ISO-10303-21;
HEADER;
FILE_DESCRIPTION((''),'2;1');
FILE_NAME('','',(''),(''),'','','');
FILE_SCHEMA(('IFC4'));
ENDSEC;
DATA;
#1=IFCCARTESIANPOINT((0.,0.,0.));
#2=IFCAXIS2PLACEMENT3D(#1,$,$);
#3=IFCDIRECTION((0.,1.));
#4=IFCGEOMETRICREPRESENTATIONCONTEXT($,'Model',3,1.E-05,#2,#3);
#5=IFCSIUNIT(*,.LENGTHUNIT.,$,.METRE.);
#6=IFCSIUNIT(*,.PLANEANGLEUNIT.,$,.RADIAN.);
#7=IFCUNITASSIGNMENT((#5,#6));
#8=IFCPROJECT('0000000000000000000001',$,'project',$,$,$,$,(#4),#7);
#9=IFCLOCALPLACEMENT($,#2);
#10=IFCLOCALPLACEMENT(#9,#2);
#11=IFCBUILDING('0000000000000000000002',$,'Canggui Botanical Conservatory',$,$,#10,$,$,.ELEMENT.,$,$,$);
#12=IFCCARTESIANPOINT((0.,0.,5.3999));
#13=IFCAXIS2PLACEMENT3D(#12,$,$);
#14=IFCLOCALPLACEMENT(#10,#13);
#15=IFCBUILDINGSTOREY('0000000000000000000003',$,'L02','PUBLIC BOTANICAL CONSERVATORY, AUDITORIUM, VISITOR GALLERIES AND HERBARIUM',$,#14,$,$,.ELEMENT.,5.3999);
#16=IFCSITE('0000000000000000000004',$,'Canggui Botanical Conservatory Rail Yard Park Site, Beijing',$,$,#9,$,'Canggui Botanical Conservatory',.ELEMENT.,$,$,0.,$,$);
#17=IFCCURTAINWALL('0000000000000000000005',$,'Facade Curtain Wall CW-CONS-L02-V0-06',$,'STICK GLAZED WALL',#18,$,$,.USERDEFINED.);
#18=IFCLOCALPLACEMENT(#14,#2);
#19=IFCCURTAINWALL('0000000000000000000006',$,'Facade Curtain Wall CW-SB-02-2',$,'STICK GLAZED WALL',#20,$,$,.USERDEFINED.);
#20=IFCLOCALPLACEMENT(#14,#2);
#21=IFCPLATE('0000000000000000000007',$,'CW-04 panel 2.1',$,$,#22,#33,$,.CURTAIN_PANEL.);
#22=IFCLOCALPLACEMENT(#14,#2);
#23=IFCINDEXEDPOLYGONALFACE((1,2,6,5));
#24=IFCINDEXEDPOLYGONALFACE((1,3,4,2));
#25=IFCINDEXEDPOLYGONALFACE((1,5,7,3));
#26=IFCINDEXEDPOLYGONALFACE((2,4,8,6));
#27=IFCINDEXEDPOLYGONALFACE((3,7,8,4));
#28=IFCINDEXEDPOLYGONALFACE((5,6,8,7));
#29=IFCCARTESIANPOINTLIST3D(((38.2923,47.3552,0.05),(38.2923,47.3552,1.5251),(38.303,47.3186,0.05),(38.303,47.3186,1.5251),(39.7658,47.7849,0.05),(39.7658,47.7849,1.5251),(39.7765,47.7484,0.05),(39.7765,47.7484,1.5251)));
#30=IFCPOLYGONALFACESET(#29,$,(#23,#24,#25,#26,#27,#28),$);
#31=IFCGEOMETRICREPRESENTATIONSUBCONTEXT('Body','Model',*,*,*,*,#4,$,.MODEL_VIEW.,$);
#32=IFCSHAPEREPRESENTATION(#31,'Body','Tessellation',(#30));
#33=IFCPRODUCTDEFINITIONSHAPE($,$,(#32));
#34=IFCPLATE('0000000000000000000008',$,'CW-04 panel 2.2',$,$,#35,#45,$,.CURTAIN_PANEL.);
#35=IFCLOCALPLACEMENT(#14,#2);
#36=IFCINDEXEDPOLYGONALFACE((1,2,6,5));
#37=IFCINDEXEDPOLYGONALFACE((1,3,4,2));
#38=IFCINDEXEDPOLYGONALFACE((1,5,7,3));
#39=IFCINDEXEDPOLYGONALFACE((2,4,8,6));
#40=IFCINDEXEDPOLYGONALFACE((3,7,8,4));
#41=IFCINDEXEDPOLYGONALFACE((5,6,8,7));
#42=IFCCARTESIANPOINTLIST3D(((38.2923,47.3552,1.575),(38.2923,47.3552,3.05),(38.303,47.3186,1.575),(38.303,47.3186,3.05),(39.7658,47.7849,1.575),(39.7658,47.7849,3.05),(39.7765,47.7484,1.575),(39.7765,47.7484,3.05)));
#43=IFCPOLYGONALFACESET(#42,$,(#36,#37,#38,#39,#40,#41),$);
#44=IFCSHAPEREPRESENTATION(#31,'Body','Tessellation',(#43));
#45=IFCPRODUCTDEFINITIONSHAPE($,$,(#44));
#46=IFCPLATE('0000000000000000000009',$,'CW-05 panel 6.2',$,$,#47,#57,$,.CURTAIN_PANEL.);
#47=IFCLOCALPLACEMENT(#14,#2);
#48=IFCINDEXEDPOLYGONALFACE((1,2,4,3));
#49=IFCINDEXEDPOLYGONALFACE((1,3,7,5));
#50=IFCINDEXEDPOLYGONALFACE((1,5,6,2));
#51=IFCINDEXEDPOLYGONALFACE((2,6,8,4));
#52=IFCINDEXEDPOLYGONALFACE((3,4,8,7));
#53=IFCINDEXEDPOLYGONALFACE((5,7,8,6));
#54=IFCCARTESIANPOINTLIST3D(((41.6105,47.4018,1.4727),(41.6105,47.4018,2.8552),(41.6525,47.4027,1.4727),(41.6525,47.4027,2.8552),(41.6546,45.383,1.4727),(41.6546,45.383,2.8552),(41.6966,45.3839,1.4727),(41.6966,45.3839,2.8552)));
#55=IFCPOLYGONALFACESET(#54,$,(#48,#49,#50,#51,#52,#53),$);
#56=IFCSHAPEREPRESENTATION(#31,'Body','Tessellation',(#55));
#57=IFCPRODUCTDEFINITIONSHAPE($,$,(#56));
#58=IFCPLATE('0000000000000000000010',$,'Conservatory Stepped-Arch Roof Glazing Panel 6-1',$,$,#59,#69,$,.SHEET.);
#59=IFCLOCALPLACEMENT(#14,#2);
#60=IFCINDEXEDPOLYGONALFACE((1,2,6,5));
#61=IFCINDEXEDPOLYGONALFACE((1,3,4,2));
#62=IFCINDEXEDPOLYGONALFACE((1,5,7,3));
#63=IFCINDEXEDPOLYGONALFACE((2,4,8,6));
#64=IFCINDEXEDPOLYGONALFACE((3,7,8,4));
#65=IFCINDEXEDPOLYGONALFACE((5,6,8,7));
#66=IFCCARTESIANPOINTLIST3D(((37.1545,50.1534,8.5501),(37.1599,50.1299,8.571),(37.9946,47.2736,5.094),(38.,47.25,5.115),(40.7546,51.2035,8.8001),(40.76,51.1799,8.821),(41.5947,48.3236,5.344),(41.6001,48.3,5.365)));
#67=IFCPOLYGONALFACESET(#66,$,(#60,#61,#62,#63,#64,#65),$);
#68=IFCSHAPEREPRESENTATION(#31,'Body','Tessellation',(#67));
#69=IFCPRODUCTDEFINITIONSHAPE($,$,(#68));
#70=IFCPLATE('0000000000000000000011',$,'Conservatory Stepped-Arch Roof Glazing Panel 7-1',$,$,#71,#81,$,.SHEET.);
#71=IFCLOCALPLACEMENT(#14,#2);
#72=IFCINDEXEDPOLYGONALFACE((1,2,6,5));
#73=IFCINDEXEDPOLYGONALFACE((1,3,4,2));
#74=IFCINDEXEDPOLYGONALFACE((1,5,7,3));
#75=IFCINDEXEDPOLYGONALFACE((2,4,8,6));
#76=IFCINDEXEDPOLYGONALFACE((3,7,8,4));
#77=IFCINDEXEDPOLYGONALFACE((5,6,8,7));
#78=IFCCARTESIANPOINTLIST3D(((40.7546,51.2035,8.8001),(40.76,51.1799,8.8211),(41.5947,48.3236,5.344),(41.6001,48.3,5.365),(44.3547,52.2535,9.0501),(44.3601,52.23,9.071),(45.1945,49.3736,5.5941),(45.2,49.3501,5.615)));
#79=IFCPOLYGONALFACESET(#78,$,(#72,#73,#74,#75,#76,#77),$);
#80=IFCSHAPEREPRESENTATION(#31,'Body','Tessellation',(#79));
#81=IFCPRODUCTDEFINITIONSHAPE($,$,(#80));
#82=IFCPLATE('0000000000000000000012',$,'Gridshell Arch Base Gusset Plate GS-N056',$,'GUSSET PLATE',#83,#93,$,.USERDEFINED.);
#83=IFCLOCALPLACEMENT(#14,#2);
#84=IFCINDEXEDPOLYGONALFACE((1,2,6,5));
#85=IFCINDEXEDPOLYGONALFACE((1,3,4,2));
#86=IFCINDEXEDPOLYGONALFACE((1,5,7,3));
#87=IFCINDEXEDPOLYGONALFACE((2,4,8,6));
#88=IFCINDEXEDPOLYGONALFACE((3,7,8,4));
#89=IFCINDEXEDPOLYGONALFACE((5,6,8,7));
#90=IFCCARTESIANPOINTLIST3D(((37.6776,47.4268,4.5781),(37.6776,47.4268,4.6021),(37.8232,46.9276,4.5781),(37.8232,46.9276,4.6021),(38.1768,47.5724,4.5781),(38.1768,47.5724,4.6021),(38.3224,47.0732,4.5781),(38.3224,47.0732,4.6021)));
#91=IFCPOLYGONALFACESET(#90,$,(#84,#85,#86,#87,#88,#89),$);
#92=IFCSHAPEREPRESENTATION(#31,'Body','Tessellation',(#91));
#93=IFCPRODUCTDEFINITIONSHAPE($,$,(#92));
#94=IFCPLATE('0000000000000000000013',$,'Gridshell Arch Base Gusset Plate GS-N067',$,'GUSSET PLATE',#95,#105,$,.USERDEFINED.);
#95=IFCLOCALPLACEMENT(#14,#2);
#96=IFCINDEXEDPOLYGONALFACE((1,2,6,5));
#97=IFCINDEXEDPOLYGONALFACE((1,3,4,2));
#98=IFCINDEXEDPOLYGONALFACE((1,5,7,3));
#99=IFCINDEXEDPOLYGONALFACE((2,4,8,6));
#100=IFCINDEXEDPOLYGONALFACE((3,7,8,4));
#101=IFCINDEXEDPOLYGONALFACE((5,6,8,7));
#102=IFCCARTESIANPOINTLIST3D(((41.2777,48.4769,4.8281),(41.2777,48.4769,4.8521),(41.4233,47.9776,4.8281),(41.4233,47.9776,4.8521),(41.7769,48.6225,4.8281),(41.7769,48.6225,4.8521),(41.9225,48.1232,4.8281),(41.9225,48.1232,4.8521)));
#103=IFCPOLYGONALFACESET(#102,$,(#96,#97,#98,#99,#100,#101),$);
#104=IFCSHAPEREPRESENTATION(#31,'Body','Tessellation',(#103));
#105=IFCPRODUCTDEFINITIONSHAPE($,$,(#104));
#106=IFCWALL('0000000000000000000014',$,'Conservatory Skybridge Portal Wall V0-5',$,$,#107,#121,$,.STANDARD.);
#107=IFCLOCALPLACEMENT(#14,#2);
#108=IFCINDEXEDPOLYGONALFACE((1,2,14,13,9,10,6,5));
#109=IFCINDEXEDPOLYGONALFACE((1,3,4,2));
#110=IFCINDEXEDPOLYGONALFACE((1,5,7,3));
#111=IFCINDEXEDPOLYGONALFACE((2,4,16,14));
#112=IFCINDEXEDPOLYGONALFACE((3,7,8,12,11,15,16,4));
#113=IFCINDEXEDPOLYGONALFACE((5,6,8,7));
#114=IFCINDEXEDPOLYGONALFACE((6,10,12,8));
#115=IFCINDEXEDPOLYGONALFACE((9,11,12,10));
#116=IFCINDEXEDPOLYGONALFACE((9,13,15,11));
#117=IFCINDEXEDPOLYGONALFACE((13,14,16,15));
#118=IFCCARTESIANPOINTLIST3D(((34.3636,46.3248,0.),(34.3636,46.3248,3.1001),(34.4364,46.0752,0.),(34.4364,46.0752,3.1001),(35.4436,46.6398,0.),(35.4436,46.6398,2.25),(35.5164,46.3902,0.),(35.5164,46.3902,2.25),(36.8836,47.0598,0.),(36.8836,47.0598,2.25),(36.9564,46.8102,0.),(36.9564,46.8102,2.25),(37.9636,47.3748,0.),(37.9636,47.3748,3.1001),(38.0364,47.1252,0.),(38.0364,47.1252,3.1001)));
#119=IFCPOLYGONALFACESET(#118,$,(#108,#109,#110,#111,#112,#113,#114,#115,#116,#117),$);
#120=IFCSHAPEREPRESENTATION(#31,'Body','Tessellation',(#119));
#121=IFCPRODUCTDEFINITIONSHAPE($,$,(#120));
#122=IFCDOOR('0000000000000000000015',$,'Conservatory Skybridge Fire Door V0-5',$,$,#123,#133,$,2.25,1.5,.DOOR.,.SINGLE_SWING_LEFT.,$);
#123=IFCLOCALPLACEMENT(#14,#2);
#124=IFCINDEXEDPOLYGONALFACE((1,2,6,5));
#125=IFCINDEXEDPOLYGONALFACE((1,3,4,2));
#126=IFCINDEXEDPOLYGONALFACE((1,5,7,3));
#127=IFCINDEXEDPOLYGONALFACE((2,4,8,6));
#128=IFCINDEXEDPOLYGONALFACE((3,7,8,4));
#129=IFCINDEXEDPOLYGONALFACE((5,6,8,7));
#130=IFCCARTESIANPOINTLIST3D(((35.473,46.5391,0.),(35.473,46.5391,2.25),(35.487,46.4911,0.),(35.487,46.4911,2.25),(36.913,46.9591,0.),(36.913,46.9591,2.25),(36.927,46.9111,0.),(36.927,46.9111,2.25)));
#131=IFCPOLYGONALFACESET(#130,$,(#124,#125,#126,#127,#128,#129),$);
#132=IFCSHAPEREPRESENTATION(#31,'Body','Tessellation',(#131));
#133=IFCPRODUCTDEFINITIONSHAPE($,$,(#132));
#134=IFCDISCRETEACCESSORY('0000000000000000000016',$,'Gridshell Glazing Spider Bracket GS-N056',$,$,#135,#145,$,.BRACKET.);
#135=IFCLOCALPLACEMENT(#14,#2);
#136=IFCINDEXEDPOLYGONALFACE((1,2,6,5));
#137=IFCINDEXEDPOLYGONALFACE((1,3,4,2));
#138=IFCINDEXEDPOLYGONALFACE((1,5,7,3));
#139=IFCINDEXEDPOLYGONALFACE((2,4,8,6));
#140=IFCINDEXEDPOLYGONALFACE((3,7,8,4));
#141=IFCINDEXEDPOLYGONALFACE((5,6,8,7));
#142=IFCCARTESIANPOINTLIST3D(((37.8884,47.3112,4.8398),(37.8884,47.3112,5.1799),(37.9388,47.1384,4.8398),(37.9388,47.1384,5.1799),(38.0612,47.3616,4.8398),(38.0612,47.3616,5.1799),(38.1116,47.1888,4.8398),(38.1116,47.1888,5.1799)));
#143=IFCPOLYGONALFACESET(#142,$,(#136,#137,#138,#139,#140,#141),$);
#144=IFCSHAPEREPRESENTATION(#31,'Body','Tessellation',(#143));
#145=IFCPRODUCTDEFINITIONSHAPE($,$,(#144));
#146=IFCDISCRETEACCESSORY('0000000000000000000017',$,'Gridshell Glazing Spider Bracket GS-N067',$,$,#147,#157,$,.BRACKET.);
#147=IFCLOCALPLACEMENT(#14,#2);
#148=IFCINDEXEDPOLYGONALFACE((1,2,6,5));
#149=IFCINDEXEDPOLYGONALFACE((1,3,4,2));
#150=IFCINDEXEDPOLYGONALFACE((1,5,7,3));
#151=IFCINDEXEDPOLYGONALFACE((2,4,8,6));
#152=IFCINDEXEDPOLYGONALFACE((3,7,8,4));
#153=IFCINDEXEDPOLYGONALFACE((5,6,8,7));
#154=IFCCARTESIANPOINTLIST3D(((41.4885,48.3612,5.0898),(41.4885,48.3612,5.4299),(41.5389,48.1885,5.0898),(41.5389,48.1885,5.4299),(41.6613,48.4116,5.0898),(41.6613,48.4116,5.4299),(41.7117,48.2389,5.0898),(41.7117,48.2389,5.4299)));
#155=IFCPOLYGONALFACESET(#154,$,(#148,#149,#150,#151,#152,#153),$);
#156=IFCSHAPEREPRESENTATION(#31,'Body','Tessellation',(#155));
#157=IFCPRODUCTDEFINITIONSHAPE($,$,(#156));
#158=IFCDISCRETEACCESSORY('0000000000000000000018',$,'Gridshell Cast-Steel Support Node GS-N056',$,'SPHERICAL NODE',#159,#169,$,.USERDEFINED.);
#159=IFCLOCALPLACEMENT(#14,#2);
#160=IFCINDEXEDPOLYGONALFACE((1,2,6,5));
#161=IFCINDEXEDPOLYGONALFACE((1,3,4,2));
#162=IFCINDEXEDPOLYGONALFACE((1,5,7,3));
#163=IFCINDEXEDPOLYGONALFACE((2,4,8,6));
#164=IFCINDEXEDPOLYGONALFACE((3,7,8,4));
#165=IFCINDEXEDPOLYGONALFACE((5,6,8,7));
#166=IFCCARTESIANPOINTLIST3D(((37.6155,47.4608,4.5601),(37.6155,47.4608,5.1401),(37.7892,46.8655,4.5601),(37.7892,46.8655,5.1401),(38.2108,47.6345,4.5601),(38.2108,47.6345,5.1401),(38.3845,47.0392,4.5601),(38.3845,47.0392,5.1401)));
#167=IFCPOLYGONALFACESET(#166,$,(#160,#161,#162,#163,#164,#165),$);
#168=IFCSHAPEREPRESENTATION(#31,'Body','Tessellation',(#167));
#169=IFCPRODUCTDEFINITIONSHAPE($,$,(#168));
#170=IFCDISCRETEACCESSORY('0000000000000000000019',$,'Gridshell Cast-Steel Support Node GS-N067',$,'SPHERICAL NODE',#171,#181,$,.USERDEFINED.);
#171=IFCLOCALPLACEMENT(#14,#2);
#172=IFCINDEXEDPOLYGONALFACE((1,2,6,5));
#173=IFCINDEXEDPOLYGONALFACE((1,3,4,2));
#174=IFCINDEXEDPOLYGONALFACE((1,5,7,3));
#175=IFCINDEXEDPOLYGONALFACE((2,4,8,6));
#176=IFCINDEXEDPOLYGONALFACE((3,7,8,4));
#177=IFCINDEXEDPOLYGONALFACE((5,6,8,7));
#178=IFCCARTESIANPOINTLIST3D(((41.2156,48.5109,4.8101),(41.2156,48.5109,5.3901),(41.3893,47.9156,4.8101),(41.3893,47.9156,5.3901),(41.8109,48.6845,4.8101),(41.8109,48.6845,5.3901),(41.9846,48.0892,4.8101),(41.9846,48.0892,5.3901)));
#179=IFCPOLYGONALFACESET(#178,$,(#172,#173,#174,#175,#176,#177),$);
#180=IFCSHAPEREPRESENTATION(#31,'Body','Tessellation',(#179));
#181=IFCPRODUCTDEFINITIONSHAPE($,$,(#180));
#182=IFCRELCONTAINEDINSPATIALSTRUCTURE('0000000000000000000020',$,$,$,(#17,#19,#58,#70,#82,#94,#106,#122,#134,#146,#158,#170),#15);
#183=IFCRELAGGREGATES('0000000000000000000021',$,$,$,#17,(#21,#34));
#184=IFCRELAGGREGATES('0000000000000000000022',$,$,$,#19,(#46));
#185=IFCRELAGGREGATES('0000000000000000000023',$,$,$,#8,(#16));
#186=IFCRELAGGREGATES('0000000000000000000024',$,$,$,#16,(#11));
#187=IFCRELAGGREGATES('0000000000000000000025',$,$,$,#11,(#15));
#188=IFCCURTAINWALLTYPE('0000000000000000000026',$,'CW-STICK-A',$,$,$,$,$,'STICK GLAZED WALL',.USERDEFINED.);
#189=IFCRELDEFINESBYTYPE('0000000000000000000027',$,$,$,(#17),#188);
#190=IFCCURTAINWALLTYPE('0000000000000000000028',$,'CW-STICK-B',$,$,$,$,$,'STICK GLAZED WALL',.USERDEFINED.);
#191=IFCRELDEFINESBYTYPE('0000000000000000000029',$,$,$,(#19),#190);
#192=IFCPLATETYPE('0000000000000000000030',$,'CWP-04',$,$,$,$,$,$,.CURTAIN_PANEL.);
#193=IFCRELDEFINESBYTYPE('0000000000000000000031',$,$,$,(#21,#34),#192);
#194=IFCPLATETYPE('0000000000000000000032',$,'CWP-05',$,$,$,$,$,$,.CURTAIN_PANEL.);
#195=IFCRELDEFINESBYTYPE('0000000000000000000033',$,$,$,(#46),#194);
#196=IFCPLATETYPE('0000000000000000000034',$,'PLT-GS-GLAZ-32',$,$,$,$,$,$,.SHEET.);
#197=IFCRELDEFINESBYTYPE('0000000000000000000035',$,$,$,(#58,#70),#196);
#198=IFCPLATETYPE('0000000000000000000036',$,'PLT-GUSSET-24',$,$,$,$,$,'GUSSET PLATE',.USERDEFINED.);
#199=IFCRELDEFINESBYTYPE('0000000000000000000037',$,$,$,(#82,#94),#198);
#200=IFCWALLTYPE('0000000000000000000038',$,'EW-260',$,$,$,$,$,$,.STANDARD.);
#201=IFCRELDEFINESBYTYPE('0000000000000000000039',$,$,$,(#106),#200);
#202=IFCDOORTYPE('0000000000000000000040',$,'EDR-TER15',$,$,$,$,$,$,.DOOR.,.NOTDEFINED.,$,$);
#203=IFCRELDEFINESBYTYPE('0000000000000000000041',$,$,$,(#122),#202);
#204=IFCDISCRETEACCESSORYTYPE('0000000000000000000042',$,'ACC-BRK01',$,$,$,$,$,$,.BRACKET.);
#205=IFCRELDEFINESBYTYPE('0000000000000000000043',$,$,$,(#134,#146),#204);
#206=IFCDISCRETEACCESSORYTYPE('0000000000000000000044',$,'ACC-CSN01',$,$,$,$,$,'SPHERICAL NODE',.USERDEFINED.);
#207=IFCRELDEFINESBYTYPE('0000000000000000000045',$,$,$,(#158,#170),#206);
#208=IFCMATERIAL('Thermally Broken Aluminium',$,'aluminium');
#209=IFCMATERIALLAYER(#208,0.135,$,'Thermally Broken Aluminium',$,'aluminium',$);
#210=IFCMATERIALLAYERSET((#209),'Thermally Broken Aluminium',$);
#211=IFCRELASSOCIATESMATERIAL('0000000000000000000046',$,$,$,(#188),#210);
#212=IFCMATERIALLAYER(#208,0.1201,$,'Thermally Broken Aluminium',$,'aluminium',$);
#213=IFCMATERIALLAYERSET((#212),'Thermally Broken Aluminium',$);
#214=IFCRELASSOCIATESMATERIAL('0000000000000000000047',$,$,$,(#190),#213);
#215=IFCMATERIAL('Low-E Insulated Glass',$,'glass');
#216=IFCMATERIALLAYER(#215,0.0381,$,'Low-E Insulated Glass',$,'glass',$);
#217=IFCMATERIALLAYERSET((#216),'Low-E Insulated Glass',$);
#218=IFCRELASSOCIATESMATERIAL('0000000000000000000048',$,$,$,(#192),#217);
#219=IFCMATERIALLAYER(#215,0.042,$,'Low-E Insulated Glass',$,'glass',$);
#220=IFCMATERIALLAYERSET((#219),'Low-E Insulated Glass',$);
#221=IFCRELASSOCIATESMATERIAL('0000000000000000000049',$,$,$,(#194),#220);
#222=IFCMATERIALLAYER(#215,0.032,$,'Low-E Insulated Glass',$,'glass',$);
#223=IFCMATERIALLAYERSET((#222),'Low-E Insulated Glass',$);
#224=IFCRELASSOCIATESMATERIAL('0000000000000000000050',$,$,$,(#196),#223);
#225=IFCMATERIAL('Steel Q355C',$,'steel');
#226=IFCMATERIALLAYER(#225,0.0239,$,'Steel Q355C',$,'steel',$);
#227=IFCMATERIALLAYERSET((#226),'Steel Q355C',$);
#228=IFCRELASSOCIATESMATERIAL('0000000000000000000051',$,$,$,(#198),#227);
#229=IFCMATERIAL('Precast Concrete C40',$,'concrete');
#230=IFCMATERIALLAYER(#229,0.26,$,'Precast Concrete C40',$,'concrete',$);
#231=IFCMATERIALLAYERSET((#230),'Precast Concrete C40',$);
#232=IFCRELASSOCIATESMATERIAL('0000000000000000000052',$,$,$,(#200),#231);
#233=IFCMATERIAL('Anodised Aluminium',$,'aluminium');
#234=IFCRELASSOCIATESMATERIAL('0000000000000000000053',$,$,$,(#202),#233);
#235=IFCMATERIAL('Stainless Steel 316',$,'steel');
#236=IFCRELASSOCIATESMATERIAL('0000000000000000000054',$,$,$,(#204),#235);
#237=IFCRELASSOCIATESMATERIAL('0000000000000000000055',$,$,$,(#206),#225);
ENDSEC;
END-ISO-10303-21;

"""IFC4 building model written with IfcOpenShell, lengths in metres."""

from ifc_helpers import new_model, si_unit, direction, frame, frame_2d, origin, origin_2d, place, context, subcontext, project, spatial, polyline, rectangle, outline, extrude, material, layer, layer_set, type_object, element, fill, aggregate, save


model = new_model("IFC4")

# Units and contexts
model_context = context("Model", 3, precision=1e-05, world=origin(), true_north=direction((0.0, 1.0)))
body_context = subcontext(model_context, "Body", "Model", "MODEL_VIEW")
ifc_project = project(units=[si_unit("LENGTHUNIT", "METRE"), si_unit("PLANEANGLEUNIT", "RADIAN")], contexts=[model_context])

# Site, building, storey
site_placement = place(None, origin())
site = spatial("IfcSite", under=ifc_project, at=site_placement, Name="Canggui Botanical Conservatory Rail Yard Park Site, Beijing", LongName="Canggui Botanical Conservatory", CompositionType="ELEMENT", RefElevation=0.0)
building_placement = place(site_placement, origin())
building = spatial("IfcBuilding", under=site, at=building_placement, Name="Canggui Botanical Conservatory", CompositionType="ELEMENT")
storey_placement = place(building_placement, frame((0.0, 0.0, 5.3999)))
storey = spatial("IfcBuildingStorey", under=building, at=storey_placement, Name="L02", Description="PUBLIC BOTANICAL CONSERVATORY, AUDITORIUM, VISITOR GALLERIES AND HERBARIUM", CompositionType="ELEMENT", Elevation=5.3999)

# Shared definitions
ifc_material_1 = material(Name="Steel Q355C", Category="steel")

# Curtain wall
ifc_material_2 = material(Name="Thermally Broken Aluminium", Category="aluminium")
ifc_layer_1 = layer(ifc_material_2, 0.135, Name="Thermally Broken Aluminium", Category="aluminium")
ifc_layer_set_1 = layer_set([ifc_layer_1], Name="Thermally Broken Aluminium")
curtain_wall_type_1 = type_object("IfcCurtainWallType", Name="CW-STICK-A", ElementType="STICK GLAZED WALL", PredefinedType="USERDEFINED", material=ifc_layer_set_1)
curtain_wall_1_placement = place(storey_placement, origin())
curtain_wall_1 = element("IfcCurtainWall", 1, at=curtain_wall_1_placement, inside=storey, type_object=curtain_wall_type_1, Name="Facade Curtain Wall CW-CONS-L02-V0-06", ObjectType="STICK GLAZED WALL", PredefinedType="USERDEFINED")

# Curtain wall
ifc_layer_2 = layer(ifc_material_2, 0.1201, Name="Thermally Broken Aluminium", Category="aluminium")
ifc_layer_set_2 = layer_set([ifc_layer_2], Name="Thermally Broken Aluminium")
curtain_wall_type_2 = type_object("IfcCurtainWallType", Name="CW-STICK-B", ElementType="STICK GLAZED WALL", PredefinedType="USERDEFINED", material=ifc_layer_set_2)
curtain_wall_2_placement = place(storey_placement, origin())
curtain_wall_2 = element("IfcCurtainWall", 2, at=curtain_wall_2_placement, inside=storey, type_object=curtain_wall_type_2, Name="Facade Curtain Wall CW-SB-02-2", ObjectType="STICK GLAZED WALL", PredefinedType="USERDEFINED")

# Plates
ifc_material_3 = material(Name="Low-E Insulated Glass", Category="glass")
ifc_layer_3 = layer(ifc_material_3, 0.0381, Name="Low-E Insulated Glass", Category="glass")
ifc_layer_set_3 = layer_set([ifc_layer_3], Name="Low-E Insulated Glass")
plate_type_1 = type_object("IfcPlateType", Name="CWP-04", PredefinedType="CURTAIN_PANEL", material=ifc_layer_set_3)
plate_1_placement = place(storey_placement, frame((39.0344, 47.5518, 0.05), z_axis=(0.0, 0.0, 1.0), x_axis=(-0.96, -0.28, 0.0)))
plate_1 = element("IfcPlate", 3, at=plate_1_placement, type_object=plate_type_1, Name="CW-04 panel 2.1", PredefinedType="CURTAIN_PANEL", context=body_context, shape_type="SweptSolid", body=[
    extrude(rectangle(XDim=1.5349, YDim=0.0381, at=origin_2d()), origin(), (0.0, 0.0, 1.0), 1.4751),
])
plate_2_placement = place(storey_placement, frame((39.0344, 47.5518, 1.575), z_axis=(0.0, 0.0, 1.0), x_axis=(-0.96, -0.28, 0.0)))
plate_2 = element("IfcPlate", 4, at=plate_2_placement, type_object=plate_type_1, Name="CW-04 panel 2.2", PredefinedType="CURTAIN_PANEL", context=body_context, shape_type="SweptSolid", body=[
    extrude(rectangle(XDim=1.5349, YDim=0.0381, at=origin_2d()), origin(), (0.0, 0.0, 1.0), 1.4751),
])
aggregate(curtain_wall_1, [plate_1, plate_2])
ifc_layer_4 = layer(ifc_material_3, 0.042, Name="Low-E Insulated Glass", Category="glass")
ifc_layer_set_4 = layer_set([ifc_layer_4], Name="Low-E Insulated Glass")
plate_type_2 = type_object("IfcPlateType", Name="CWP-05", PredefinedType="CURTAIN_PANEL", material=ifc_layer_set_4)
plate_3_placement = place(storey_placement, frame((41.6536, 46.3928, 1.4727), z_axis=(0.0, 0.0, 1.0), x_axis=(-0.021853, 0.999761, 0.0)))
plate_3 = element("IfcPlate", 5, at=plate_3_placement, type_object=plate_type_2, Name="CW-05 panel 6.2", PredefinedType="CURTAIN_PANEL", context=body_context, shape_type="SweptSolid", body=[
    extrude(rectangle(XDim=2.0193, YDim=0.042, at=origin_2d()), origin(), (0.0, 0.0, 1.0), 1.3826),
])
aggregate(curtain_wall_2, [plate_3])

# Plates
ifc_layer_5 = layer(ifc_material_3, 0.032, Name="Low-E Insulated Glass", Category="glass")
ifc_layer_set_5 = layer_set([ifc_layer_5], Name="Low-E Insulated Glass")
plate_type_3 = type_object("IfcPlateType", Name="PLT-GS-GLAZ-32", PredefinedType="SHEET", material=ifc_layer_set_5)
plate_4_placement = place(storey_placement, frame((38.0, 47.25, 5.115), z_axis=(0.169342, -0.73651, 0.654887), x_axis=(0.957872, 0.279385, 0.066517)))
element("IfcPlate", 6, at=plate_4_placement, inside=storey, type_object=plate_type_3, Name="Conservatory Stepped-Arch Roof Glazing Panel 6-1", PredefinedType="SHEET", context=body_context, shape_type="SweptSolid", body=[
    extrude(outline(polyline([(0.0, 0.0), (3.7584, 0.0), (3.9882, 4.5707), (0.2298, 4.5707), (0.0, 0.0)])), origin(), (0.0, 0.0, -1.0), 0.032),
])
plate_5_placement = place(storey_placement, frame((41.6001, 48.3, 5.365), z_axis=(0.169349, -0.736511, 0.654883), x_axis=(0.957868, 0.279398, 0.066525)))
element("IfcPlate", 7, at=plate_5_placement, inside=storey, type_object=plate_type_3, Name="Conservatory Stepped-Arch Roof Glazing Panel 7-1", PredefinedType="SHEET", context=body_context, shape_type="SweptSolid", body=[
    extrude(outline(polyline([(0.0, 0.0), (3.7582, 0.0), (3.9883, 4.5706), (0.2299, 4.5707), (0.0, 0.0)])), origin(), (0.0, 0.0, -1.0), 0.032),
])
ifc_layer_6 = layer(ifc_material_1, 0.0239, Name="Steel Q355C", Category="steel")
ifc_layer_set_6 = layer_set([ifc_layer_6], Name="Steel Q355C")
plate_type_4 = type_object("IfcPlateType", Name="PLT-GUSSET-24", ElementType="GUSSET PLATE", PredefinedType="USERDEFINED", material=ifc_layer_set_6)
for number, where, z_axis, x_axis, name in (
    (8, (38.0, 47.25, 4.5781), (0.0, 0.0, 1.0), (0.96, 0.28, 0.0), "Gridshell Arch Base Gusset Plate GS-N056"),
    (9, (41.6001, 48.3, 4.8281), (0.0, 0.0, 1.0), (0.96, 0.28, 0.0), "Gridshell Arch Base Gusset Plate GS-N067"),
):
    element("IfcPlate", number, at=place(storey_placement, frame(where, z_axis=z_axis, x_axis=x_axis)), inside=storey, type_object=plate_type_4, Name=name, ObjectType="GUSSET PLATE", PredefinedType="USERDEFINED", context=body_context, shape_type="SweptSolid", body=[
        extrude(rectangle(XDim=0.52, YDim=0.52, at=origin_2d()), origin(), (0.0, 0.0, 1.0), 0.0239),
    ])

# Wall, opening, door
ifc_material_4 = material(Name="Precast Concrete C40", Category="concrete")
ifc_layer_7 = layer(ifc_material_4, 0.26, Name="Precast Concrete C40", Category="concrete")
ifc_layer_set_7 = layer_set([ifc_layer_7], Name="Precast Concrete C40")
wall_type = type_object("IfcWallType", Name="EW-260", PredefinedType="STANDARD", material=ifc_layer_set_7)
wall_placement = place(storey_placement, frame((38.0, 47.25, 0.0), z_axis=(0.0, 0.0, 1.0), x_axis=(-0.959999, -0.280005, 0.0)))
wall = element("IfcWall", 10, at=wall_placement, inside=storey, type_object=wall_type, Name="Conservatory Skybridge Portal Wall V0-5", PredefinedType="STANDARD", context=body_context, shape_type="SweptSolid", body=[
    extrude(rectangle(XDim=3.75, YDim=0.26, at=frame_2d((1.875, 0.0))), origin(), (0.0, 0.0, 1.0), 3.1001),
])
opening_placement = place(wall_placement, frame((1.125, 0.0, 0.0)))
opening = element("IfcOpeningElement", 11, at=opening_placement, cuts=wall, PredefinedType="OPENING", context=body_context, shape_type="SweptSolid", body=[
    extrude(rectangle(XDim=1.5, YDim=2.25, at=frame_2d((0.75, 1.125))), frame((0.0, 0.1401, 0.0), z_axis=(0.0, -1.0, 0.0), x_axis=(1.0, 0.0, 0.0)), (0.0, 0.0, 1.0), 0.28),
])
ifc_material_5 = material(Name="Anodised Aluminium", Category="aluminium")
door_type = type_object("IfcDoorType", Name="EDR-TER15", OperationType="NOTDEFINED", PredefinedType="DOOR", material=ifc_material_5)
door_placement = place(opening_placement, origin())
door = element("IfcDoor", 12, at=door_placement, inside=storey, type_object=door_type, Name="Conservatory Skybridge Fire Door V0-5", OperationType="SINGLE_SWING_LEFT", OverallHeight=2.25, OverallWidth=1.5, PredefinedType="DOOR", context=body_context, shape_type="SweptSolid", body=[
    extrude(rectangle(XDim=1.5, YDim=2.25, at=frame_2d((0.75, 1.125))), frame((0.0, 0.0249, 0.0), z_axis=(0.0, -1.0, 0.0), x_axis=(1.0, 0.0, 0.0)), (0.0, 0.0, 1.0), 0.05),
])
fill(opening, door)

# Discrete accessories
ifc_material_6 = material(Name="Stainless Steel 316", Category="steel")
discrete_accessory_type_1 = type_object("IfcDiscreteAccessoryType", Name="ACC-BRK01", PredefinedType="BRACKET", material=ifc_material_6)
for number, where, z_axis, x_axis, name in (
    (13, (38.0, 47.25, 4.8398), (0.0, 0.0, 1.0), (0.96, 0.28, 0.0), "Gridshell Glazing Spider Bracket GS-N056"),
    (14, (41.6001, 48.3, 5.0898), (0.0, 0.0, 1.0), (0.96, 0.28, 0.0), "Gridshell Glazing Spider Bracket GS-N067"),
):
    element("IfcDiscreteAccessory", number, at=place(storey_placement, frame(where, z_axis=z_axis, x_axis=x_axis)), inside=storey, type_object=discrete_accessory_type_1, Name=name, PredefinedType="BRACKET", context=body_context, shape_type="SweptSolid", body=[
        extrude(rectangle(XDim=0.1799, YDim=0.1799, at=origin_2d()), origin(), (0.0, 0.0, 1.0), 0.3401),
    ])
discrete_accessory_type_2 = type_object("IfcDiscreteAccessoryType", Name="ACC-CSN01", ElementType="SPHERICAL NODE", PredefinedType="USERDEFINED", material=ifc_material_1)
for number, where, z_axis, x_axis, name in (
    (15, (38.0, 47.25, 4.5601), (0.0, 0.0, 1.0), (0.96, 0.28, 0.0), "Gridshell Cast-Steel Support Node GS-N056"),
    (16, (41.6001, 48.3, 4.8101), (0.0, 0.0, 1.0), (0.96, 0.28, 0.0), "Gridshell Cast-Steel Support Node GS-N067"),
):
    element("IfcDiscreteAccessory", number, at=place(storey_placement, frame(where, z_axis=z_axis, x_axis=x_axis)), inside=storey, type_object=discrete_accessory_type_2, Name=name, ObjectType="SPHERICAL NODE", PredefinedType="USERDEFINED", context=body_context, shape_type="SweptSolid", body=[
        extrude(rectangle(XDim=0.6201, YDim=0.6201, at=origin_2d()), origin(), (0.0, 0.0, 1.0), 0.5801),
    ])

save(model, "model.ifc")
